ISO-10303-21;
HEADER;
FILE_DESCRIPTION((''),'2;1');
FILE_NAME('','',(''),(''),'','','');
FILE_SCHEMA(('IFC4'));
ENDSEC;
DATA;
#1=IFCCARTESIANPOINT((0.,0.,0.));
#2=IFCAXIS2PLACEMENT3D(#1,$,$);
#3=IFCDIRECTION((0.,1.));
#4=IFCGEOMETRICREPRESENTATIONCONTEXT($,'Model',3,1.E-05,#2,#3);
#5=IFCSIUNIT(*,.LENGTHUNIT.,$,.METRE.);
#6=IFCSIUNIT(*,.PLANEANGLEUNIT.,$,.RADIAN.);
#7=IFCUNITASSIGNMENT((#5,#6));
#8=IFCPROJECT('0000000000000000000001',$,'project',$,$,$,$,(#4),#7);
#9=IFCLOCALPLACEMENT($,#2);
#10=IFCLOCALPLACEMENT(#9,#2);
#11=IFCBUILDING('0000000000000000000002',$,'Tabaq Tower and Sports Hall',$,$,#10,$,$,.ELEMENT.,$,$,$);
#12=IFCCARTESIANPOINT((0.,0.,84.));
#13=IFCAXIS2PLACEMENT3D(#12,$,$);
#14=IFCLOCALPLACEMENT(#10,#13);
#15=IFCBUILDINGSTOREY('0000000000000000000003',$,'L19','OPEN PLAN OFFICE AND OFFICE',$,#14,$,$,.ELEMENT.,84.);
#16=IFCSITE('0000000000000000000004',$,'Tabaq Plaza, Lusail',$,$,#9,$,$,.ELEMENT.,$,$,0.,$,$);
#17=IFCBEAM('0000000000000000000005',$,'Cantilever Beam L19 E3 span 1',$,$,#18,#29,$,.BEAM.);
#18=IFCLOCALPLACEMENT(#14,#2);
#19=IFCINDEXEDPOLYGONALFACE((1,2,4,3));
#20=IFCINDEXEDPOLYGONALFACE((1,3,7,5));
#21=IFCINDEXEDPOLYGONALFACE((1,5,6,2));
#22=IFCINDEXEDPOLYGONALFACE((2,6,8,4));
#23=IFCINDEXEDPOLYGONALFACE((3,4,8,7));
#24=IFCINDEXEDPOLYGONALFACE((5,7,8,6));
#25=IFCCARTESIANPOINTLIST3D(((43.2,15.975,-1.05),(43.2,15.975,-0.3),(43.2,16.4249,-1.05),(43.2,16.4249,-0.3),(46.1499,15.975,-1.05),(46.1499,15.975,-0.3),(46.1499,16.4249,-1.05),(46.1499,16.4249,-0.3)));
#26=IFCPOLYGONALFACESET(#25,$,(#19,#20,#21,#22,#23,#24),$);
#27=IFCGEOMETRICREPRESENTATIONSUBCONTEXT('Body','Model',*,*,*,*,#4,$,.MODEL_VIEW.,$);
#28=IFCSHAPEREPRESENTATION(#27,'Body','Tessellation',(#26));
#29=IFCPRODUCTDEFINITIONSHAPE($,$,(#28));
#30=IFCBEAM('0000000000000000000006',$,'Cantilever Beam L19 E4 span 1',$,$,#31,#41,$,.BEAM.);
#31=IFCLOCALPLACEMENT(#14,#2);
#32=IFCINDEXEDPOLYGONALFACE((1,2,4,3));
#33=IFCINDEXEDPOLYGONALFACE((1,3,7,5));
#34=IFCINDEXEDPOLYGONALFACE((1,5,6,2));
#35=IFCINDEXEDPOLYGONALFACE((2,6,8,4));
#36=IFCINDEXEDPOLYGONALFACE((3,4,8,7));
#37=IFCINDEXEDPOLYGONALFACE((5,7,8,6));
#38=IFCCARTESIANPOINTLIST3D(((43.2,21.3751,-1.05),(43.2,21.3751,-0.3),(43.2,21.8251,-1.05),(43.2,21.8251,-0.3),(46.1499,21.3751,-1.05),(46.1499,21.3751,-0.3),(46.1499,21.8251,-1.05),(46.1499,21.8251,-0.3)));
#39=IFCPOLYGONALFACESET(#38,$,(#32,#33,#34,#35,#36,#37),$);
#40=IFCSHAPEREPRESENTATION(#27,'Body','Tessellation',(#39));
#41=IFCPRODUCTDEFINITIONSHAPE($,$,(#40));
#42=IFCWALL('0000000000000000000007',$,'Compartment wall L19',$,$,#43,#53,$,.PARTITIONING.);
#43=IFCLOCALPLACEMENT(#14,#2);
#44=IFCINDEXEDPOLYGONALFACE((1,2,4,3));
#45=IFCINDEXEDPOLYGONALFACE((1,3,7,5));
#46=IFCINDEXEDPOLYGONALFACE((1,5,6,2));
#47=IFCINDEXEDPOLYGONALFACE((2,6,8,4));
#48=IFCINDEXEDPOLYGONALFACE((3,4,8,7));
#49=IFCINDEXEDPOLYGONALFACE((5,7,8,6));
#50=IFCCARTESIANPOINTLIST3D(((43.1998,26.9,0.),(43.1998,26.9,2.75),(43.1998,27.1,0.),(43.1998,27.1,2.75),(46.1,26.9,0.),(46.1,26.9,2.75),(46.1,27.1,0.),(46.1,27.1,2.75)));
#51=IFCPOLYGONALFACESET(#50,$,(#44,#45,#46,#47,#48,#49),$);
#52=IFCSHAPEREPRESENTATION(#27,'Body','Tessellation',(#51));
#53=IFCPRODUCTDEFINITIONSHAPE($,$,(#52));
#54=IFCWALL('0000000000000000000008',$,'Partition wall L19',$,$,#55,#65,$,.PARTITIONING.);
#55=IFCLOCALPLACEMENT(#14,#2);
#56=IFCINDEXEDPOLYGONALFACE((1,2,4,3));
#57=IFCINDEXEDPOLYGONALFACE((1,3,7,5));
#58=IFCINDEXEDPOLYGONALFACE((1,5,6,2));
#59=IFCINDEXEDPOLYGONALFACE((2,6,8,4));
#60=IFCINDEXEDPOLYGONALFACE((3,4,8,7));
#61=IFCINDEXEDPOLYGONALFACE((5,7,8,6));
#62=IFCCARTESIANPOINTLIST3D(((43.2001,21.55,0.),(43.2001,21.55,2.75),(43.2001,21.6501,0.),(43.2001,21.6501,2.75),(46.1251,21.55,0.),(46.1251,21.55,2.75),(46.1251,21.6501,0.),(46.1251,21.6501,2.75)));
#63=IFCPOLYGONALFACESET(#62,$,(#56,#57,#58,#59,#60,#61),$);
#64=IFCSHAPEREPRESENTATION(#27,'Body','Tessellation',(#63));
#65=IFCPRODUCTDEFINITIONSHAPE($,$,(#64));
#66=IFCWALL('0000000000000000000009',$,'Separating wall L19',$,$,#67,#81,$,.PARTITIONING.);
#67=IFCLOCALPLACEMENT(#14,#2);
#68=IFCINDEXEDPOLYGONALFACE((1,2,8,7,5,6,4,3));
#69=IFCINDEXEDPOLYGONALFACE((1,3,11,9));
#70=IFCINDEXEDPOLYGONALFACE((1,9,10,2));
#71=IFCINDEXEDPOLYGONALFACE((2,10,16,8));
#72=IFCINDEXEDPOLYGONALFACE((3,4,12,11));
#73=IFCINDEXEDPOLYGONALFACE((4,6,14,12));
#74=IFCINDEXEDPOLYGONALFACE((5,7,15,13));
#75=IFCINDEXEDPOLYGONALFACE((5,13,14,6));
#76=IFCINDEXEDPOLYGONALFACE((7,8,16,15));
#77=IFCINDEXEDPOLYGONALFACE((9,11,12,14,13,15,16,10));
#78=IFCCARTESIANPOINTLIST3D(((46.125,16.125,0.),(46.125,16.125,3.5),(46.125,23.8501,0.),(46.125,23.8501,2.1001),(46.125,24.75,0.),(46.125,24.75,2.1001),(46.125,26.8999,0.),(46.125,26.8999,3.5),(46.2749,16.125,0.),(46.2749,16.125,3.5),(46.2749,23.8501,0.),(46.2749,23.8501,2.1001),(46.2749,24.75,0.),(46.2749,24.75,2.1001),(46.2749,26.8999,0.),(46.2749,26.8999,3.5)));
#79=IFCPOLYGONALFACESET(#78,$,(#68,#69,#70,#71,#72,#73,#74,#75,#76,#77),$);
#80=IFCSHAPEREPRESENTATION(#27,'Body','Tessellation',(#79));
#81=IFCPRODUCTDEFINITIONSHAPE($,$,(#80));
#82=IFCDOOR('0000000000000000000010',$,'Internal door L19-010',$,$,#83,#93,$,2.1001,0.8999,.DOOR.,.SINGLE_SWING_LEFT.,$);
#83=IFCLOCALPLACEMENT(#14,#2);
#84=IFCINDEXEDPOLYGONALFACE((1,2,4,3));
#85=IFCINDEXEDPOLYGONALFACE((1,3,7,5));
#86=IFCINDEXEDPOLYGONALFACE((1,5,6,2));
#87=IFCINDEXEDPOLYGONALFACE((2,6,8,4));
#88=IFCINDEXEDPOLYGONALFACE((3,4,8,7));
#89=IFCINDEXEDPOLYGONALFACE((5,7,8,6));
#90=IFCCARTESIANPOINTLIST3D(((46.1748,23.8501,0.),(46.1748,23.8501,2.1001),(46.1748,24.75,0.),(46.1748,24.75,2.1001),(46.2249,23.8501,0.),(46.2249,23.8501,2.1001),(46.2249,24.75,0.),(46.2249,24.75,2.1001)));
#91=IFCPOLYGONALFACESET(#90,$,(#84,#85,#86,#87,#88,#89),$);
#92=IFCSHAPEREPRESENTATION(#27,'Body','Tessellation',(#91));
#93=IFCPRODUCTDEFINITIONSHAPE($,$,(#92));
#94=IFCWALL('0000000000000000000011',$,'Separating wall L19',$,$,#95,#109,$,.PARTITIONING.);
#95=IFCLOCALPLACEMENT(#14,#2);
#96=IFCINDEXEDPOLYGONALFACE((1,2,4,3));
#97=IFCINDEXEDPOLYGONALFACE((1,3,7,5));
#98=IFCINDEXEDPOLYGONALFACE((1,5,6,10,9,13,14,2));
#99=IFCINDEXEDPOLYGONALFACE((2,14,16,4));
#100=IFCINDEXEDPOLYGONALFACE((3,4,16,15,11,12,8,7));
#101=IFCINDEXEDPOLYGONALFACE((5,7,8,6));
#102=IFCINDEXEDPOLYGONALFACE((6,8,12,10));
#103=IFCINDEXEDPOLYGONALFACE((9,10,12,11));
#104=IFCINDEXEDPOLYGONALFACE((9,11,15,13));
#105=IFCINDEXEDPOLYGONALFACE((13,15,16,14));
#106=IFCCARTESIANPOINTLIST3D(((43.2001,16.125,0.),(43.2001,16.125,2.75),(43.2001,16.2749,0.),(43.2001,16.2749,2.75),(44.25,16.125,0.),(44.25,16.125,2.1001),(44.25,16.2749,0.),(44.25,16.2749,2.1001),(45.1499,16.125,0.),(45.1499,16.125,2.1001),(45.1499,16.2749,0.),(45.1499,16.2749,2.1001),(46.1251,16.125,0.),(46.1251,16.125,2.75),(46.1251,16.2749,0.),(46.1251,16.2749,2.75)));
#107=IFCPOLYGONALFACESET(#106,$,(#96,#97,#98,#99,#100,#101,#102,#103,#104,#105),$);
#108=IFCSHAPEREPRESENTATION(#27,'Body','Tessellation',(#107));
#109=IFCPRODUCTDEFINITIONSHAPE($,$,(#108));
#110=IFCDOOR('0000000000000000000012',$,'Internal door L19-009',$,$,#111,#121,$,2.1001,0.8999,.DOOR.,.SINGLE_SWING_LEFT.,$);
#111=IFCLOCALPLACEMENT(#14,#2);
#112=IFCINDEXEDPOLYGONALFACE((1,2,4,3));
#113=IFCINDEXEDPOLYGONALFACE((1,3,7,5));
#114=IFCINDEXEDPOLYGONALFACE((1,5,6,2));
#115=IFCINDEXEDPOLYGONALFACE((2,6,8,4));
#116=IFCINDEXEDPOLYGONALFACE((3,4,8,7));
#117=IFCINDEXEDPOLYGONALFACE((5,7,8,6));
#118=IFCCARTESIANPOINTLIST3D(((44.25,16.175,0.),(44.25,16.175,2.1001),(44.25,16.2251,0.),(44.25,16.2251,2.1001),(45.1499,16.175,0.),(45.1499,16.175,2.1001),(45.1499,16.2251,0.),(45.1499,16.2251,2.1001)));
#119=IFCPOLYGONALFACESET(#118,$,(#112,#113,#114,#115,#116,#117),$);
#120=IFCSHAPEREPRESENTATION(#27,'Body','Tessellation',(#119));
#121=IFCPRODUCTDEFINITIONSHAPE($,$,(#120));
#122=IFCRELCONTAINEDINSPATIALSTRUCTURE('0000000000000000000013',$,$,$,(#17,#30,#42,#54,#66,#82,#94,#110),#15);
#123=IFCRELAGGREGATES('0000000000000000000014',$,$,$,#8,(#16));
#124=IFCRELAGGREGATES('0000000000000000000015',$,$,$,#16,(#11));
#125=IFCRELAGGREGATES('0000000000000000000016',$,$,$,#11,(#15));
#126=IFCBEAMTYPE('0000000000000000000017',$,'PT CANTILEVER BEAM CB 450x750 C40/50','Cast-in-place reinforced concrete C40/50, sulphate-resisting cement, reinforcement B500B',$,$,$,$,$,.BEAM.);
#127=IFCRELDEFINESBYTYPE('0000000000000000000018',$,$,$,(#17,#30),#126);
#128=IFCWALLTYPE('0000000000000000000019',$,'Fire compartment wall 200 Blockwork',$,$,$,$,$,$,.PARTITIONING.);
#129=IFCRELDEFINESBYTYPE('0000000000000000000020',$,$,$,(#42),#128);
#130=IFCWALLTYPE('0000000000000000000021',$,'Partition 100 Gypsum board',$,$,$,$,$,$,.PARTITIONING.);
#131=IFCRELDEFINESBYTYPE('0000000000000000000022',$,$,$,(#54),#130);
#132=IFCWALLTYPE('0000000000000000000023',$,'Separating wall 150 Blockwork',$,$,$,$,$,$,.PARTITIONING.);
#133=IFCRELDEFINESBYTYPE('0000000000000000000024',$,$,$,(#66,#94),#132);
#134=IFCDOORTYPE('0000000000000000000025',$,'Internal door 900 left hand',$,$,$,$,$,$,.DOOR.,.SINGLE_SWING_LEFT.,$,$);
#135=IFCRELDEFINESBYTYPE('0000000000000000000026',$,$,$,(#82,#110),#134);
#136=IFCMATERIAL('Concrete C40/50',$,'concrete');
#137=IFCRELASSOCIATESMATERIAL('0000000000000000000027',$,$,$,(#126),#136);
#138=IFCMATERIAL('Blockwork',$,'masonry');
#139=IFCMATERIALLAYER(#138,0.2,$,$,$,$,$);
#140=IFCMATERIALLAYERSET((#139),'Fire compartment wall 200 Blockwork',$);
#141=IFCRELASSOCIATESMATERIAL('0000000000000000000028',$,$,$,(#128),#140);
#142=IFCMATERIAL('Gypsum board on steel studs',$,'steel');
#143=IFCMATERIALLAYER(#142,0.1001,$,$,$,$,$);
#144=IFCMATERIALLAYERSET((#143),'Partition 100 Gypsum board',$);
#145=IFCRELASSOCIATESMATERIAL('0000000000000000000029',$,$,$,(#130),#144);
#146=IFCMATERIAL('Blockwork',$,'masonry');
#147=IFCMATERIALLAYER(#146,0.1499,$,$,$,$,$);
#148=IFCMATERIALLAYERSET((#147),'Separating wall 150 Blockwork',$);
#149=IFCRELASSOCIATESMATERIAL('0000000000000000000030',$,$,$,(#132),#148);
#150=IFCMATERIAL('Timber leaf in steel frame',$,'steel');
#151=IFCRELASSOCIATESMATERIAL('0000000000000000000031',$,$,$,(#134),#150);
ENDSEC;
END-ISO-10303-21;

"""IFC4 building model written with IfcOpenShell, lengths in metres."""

from ifc_helpers import new_model, si_unit, direction, frame, frame_2d, origin, origin_2d, place, context, subcontext, project, spatial, rectangle, extrude, material, layer, layer_set, material_profile, profile_set, type_object, element, fill, save


model = new_model("IFC4")

# Units and contexts
model_context = context("Model", 3, precision=1e-05, world=origin(), true_north=direction((0.0, 1.0)))
body_context = subcontext(model_context, "Body", "Model", "MODEL_VIEW")
ifc_project = project(units=[si_unit("LENGTHUNIT", "METRE"), si_unit("PLANEANGLEUNIT", "RADIAN")], contexts=[model_context])

# Site, building, storey
site_placement = place(None, origin())
site = spatial("IfcSite", under=ifc_project, at=site_placement, Name="Tabaq Plaza, Lusail", CompositionType="ELEMENT", RefElevation=0.0)
building_placement = place(site_placement, origin())
building = spatial("IfcBuilding", under=site, at=building_placement, Name="Tabaq Tower and Sports Hall", CompositionType="ELEMENT")
storey_placement = place(building_placement, frame((0.0, 0.0, 84.0)))
storey = spatial("IfcBuildingStorey", under=building, at=storey_placement, Name="L19", Description="OPEN PLAN OFFICE AND OFFICE", CompositionType="ELEMENT", Elevation=84.0)

# Beams
ifc_material_1 = material(Name="Concrete C40/50", Category="concrete")
ifc_material_profile = material_profile(ifc_material_1, rectangle(XDim=0.45, YDim=0.75, at=origin_2d()), Name="CB 450x750")
ifc_profile_set = profile_set([ifc_material_profile], Name="Concrete C40/50")
beam_type = type_object("IfcBeamType", Name="PT CANTILEVER BEAM CB 450x750 C40/50", Description="Cast-in-place reinforced concrete C40/50, sulphate-resisting cement, reinforcement B500B", PredefinedType="BEAM", material=ifc_profile_set)
for number, where, z_axis, x_axis, name in (
    (1, (46.1499, 16.2, -0.675), (-1.0, 0.0, 0.0), (0.0, -1.0, 0.0), "Cantilever Beam L19 E3 span 1"),
    (2, (46.1499, 21.6001, -0.675), (-1.0, 0.0, 0.0), (0.0, -1.0, 0.0), "Cantilever Beam L19 E4 span 1"),
):
    element("IfcBeam", number, at=place(storey_placement, frame(where, z_axis=z_axis, x_axis=x_axis)), inside=storey, type_object=beam_type, Name=name, PredefinedType="BEAM", context=body_context, shape_type="SweptSolid", body=[
        extrude(rectangle(XDim=0.45, YDim=0.75, at=origin_2d()), origin(), (0.0, 0.0, 1.0), 2.95),
    ])

# Walls
ifc_material_2 = material(Name="Blockwork", Category="masonry")
ifc_layer_1 = layer(ifc_material_2, 0.2)
ifc_layer_set_1 = layer_set([ifc_layer_1], Name="Fire compartment wall 200 Blockwork")
wall_type_1 = type_object("IfcWallType", Name="Fire compartment wall 200 Blockwork", PredefinedType="PARTITIONING", material=ifc_layer_set_1)
wall_1_placement = place(storey_placement, frame((46.1001, 27.0, 0.0), z_axis=(0.0, 0.0, 1.0), x_axis=(-1.0, 0.0, 0.0)))
element("IfcWall", 3, at=wall_1_placement, inside=storey, type_object=wall_type_1, Name="Compartment wall L19", PredefinedType="PARTITIONING", context=body_context, shape_type="SweptSolid", body=[
    extrude(rectangle(XDim=2.9001, YDim=0.2, at=frame_2d((1.4502, 0.0))), origin(), (0.0, 0.0, 1.0), 2.75),
])
ifc_material_3 = material(Name="Gypsum board on steel studs", Category="steel")
ifc_layer_2 = layer(ifc_material_3, 0.1001)
ifc_layer_set_2 = layer_set([ifc_layer_2], Name="Partition 100 Gypsum board")
wall_type_2 = type_object("IfcWallType", Name="Partition 100 Gypsum board", PredefinedType="PARTITIONING", material=ifc_layer_set_2)
wall_2_placement = place(storey_placement, frame((46.125, 21.6001, 0.0), z_axis=(0.0, 0.0, 1.0), x_axis=(-1.0, 0.0, 0.0)))
element("IfcWall", 4, at=wall_2_placement, inside=storey, type_object=wall_type_2, Name="Partition wall L19", PredefinedType="PARTITIONING", context=body_context, shape_type="SweptSolid", body=[
    extrude(rectangle(XDim=2.925, YDim=0.1001, at=frame_2d((1.4624, 0.0))), origin(), (0.0, 0.0, 1.0), 2.75),
])

# Walls, openings, doors
ifc_material_4 = material(Name="Blockwork", Category="masonry")
ifc_layer_3 = layer(ifc_material_4, 0.1499)
ifc_layer_set_3 = layer_set([ifc_layer_3], Name="Separating wall 150 Blockwork")
wall_type_3 = type_object("IfcWallType", Name="Separating wall 150 Blockwork", PredefinedType="PARTITIONING", material=ifc_layer_set_3)
wall_3_placement = place(storey_placement, frame((46.2, 26.8999, 0.0), z_axis=(0.0, 0.0, 1.0), x_axis=(0.0, -1.0, 0.0)))
wall_3 = element("IfcWall", 5, at=wall_3_placement, inside=storey, type_object=wall_type_3, Name="Separating wall L19", PredefinedType="PARTITIONING", context=body_context, shape_type="SweptSolid", body=[
    extrude(rectangle(XDim=10.7749, YDim=0.1499, at=frame_2d((5.3875, 0.0))), origin(), (0.0, 0.0, 1.0), 3.5),
])
opening_1_placement = place(wall_3_placement, frame((2.1499, 0.0, 0.0)))
opening_1 = element("IfcOpeningElement", 6, at=opening_1_placement, cuts=wall_3, PredefinedType="OPENING", context=body_context, shape_type="SweptSolid", body=[
    extrude(rectangle(XDim=0.8999, YDim=2.1001, at=frame_2d((0.45, 1.05))), frame((0.0, 0.075, 0.0), z_axis=(0.0, -1.0, 0.0), x_axis=(1.0, 0.0, 0.0)), (0.0, 0.0, 1.0), 0.1499),
])
ifc_material_5 = material(Name="Timber leaf in steel frame", Category="steel")
door_type_1 = type_object("IfcDoorType", Name="Internal door 900 left hand", OperationType="SINGLE_SWING_LEFT", PredefinedType="DOOR", material=ifc_material_5)
door_1_placement = place(opening_1_placement, origin())
door_1 = element("IfcDoor", 7, at=door_1_placement, inside=storey, type_object=door_type_1, Name="Internal door L19-010", OperationType="SINGLE_SWING_LEFT", OverallHeight=2.1001, OverallWidth=0.8999, PredefinedType="DOOR", context=body_context, shape_type="SweptSolid", body=[
    extrude(rectangle(XDim=0.8999, YDim=2.1001, at=frame_2d((0.45, 1.05))), frame((0.0, 0.0249, 0.0), z_axis=(0.0, -1.0, 0.0), x_axis=(1.0, 0.0, 0.0)), (0.0, 0.0, 1.0), 0.05),
])
fill(opening_1, door_1)
wall_4_placement = place(storey_placement, frame((46.125, 16.2, 0.0), z_axis=(0.0, 0.0, 1.0), x_axis=(-1.0, 0.0, 0.0)))
wall_4 = element("IfcWall", 8, at=wall_4_placement, inside=storey, type_object=wall_type_3, Name="Separating wall L19", PredefinedType="PARTITIONING", context=body_context, shape_type="SweptSolid", body=[
    extrude(rectangle(XDim=2.925, YDim=0.1499, at=frame_2d((1.4624, 0.0))), origin(), (0.0, 0.0, 1.0), 2.75),
])
opening_2_placement = place(wall_4_placement, frame((0.9751, 0.0, 0.0)))
opening_2 = element("IfcOpeningElement", 9, at=opening_2_placement, cuts=wall_4, PredefinedType="OPENING", context=body_context, shape_type="SweptSolid", body=[
    extrude(rectangle(XDim=0.8999, YDim=2.1001, at=frame_2d((0.45, 1.05))), frame((0.0, 0.075, 0.0), z_axis=(0.0, -1.0, 0.0), x_axis=(1.0, 0.0, 0.0)), (0.0, 0.0, 1.0), 0.1499),
])
door_2_placement = place(opening_2_placement, origin())
door_2 = element("IfcDoor", 10, at=door_2_placement, inside=storey, type_object=door_type_1, Name="Internal door L19-009", OperationType="SINGLE_SWING_LEFT", OverallHeight=2.1001, OverallWidth=0.8999, PredefinedType="DOOR", context=body_context, shape_type="SweptSolid", body=[
    extrude(rectangle(XDim=0.8999, YDim=2.1001, at=frame_2d((0.45, 1.05))), frame((0.0, 0.0249, 0.0), z_axis=(0.0, -1.0, 0.0), x_axis=(1.0, 0.0, 0.0)), (0.0, 0.0, 1.0), 0.05),
])
fill(opening_2, door_2)

save(model, "model.ifc")
